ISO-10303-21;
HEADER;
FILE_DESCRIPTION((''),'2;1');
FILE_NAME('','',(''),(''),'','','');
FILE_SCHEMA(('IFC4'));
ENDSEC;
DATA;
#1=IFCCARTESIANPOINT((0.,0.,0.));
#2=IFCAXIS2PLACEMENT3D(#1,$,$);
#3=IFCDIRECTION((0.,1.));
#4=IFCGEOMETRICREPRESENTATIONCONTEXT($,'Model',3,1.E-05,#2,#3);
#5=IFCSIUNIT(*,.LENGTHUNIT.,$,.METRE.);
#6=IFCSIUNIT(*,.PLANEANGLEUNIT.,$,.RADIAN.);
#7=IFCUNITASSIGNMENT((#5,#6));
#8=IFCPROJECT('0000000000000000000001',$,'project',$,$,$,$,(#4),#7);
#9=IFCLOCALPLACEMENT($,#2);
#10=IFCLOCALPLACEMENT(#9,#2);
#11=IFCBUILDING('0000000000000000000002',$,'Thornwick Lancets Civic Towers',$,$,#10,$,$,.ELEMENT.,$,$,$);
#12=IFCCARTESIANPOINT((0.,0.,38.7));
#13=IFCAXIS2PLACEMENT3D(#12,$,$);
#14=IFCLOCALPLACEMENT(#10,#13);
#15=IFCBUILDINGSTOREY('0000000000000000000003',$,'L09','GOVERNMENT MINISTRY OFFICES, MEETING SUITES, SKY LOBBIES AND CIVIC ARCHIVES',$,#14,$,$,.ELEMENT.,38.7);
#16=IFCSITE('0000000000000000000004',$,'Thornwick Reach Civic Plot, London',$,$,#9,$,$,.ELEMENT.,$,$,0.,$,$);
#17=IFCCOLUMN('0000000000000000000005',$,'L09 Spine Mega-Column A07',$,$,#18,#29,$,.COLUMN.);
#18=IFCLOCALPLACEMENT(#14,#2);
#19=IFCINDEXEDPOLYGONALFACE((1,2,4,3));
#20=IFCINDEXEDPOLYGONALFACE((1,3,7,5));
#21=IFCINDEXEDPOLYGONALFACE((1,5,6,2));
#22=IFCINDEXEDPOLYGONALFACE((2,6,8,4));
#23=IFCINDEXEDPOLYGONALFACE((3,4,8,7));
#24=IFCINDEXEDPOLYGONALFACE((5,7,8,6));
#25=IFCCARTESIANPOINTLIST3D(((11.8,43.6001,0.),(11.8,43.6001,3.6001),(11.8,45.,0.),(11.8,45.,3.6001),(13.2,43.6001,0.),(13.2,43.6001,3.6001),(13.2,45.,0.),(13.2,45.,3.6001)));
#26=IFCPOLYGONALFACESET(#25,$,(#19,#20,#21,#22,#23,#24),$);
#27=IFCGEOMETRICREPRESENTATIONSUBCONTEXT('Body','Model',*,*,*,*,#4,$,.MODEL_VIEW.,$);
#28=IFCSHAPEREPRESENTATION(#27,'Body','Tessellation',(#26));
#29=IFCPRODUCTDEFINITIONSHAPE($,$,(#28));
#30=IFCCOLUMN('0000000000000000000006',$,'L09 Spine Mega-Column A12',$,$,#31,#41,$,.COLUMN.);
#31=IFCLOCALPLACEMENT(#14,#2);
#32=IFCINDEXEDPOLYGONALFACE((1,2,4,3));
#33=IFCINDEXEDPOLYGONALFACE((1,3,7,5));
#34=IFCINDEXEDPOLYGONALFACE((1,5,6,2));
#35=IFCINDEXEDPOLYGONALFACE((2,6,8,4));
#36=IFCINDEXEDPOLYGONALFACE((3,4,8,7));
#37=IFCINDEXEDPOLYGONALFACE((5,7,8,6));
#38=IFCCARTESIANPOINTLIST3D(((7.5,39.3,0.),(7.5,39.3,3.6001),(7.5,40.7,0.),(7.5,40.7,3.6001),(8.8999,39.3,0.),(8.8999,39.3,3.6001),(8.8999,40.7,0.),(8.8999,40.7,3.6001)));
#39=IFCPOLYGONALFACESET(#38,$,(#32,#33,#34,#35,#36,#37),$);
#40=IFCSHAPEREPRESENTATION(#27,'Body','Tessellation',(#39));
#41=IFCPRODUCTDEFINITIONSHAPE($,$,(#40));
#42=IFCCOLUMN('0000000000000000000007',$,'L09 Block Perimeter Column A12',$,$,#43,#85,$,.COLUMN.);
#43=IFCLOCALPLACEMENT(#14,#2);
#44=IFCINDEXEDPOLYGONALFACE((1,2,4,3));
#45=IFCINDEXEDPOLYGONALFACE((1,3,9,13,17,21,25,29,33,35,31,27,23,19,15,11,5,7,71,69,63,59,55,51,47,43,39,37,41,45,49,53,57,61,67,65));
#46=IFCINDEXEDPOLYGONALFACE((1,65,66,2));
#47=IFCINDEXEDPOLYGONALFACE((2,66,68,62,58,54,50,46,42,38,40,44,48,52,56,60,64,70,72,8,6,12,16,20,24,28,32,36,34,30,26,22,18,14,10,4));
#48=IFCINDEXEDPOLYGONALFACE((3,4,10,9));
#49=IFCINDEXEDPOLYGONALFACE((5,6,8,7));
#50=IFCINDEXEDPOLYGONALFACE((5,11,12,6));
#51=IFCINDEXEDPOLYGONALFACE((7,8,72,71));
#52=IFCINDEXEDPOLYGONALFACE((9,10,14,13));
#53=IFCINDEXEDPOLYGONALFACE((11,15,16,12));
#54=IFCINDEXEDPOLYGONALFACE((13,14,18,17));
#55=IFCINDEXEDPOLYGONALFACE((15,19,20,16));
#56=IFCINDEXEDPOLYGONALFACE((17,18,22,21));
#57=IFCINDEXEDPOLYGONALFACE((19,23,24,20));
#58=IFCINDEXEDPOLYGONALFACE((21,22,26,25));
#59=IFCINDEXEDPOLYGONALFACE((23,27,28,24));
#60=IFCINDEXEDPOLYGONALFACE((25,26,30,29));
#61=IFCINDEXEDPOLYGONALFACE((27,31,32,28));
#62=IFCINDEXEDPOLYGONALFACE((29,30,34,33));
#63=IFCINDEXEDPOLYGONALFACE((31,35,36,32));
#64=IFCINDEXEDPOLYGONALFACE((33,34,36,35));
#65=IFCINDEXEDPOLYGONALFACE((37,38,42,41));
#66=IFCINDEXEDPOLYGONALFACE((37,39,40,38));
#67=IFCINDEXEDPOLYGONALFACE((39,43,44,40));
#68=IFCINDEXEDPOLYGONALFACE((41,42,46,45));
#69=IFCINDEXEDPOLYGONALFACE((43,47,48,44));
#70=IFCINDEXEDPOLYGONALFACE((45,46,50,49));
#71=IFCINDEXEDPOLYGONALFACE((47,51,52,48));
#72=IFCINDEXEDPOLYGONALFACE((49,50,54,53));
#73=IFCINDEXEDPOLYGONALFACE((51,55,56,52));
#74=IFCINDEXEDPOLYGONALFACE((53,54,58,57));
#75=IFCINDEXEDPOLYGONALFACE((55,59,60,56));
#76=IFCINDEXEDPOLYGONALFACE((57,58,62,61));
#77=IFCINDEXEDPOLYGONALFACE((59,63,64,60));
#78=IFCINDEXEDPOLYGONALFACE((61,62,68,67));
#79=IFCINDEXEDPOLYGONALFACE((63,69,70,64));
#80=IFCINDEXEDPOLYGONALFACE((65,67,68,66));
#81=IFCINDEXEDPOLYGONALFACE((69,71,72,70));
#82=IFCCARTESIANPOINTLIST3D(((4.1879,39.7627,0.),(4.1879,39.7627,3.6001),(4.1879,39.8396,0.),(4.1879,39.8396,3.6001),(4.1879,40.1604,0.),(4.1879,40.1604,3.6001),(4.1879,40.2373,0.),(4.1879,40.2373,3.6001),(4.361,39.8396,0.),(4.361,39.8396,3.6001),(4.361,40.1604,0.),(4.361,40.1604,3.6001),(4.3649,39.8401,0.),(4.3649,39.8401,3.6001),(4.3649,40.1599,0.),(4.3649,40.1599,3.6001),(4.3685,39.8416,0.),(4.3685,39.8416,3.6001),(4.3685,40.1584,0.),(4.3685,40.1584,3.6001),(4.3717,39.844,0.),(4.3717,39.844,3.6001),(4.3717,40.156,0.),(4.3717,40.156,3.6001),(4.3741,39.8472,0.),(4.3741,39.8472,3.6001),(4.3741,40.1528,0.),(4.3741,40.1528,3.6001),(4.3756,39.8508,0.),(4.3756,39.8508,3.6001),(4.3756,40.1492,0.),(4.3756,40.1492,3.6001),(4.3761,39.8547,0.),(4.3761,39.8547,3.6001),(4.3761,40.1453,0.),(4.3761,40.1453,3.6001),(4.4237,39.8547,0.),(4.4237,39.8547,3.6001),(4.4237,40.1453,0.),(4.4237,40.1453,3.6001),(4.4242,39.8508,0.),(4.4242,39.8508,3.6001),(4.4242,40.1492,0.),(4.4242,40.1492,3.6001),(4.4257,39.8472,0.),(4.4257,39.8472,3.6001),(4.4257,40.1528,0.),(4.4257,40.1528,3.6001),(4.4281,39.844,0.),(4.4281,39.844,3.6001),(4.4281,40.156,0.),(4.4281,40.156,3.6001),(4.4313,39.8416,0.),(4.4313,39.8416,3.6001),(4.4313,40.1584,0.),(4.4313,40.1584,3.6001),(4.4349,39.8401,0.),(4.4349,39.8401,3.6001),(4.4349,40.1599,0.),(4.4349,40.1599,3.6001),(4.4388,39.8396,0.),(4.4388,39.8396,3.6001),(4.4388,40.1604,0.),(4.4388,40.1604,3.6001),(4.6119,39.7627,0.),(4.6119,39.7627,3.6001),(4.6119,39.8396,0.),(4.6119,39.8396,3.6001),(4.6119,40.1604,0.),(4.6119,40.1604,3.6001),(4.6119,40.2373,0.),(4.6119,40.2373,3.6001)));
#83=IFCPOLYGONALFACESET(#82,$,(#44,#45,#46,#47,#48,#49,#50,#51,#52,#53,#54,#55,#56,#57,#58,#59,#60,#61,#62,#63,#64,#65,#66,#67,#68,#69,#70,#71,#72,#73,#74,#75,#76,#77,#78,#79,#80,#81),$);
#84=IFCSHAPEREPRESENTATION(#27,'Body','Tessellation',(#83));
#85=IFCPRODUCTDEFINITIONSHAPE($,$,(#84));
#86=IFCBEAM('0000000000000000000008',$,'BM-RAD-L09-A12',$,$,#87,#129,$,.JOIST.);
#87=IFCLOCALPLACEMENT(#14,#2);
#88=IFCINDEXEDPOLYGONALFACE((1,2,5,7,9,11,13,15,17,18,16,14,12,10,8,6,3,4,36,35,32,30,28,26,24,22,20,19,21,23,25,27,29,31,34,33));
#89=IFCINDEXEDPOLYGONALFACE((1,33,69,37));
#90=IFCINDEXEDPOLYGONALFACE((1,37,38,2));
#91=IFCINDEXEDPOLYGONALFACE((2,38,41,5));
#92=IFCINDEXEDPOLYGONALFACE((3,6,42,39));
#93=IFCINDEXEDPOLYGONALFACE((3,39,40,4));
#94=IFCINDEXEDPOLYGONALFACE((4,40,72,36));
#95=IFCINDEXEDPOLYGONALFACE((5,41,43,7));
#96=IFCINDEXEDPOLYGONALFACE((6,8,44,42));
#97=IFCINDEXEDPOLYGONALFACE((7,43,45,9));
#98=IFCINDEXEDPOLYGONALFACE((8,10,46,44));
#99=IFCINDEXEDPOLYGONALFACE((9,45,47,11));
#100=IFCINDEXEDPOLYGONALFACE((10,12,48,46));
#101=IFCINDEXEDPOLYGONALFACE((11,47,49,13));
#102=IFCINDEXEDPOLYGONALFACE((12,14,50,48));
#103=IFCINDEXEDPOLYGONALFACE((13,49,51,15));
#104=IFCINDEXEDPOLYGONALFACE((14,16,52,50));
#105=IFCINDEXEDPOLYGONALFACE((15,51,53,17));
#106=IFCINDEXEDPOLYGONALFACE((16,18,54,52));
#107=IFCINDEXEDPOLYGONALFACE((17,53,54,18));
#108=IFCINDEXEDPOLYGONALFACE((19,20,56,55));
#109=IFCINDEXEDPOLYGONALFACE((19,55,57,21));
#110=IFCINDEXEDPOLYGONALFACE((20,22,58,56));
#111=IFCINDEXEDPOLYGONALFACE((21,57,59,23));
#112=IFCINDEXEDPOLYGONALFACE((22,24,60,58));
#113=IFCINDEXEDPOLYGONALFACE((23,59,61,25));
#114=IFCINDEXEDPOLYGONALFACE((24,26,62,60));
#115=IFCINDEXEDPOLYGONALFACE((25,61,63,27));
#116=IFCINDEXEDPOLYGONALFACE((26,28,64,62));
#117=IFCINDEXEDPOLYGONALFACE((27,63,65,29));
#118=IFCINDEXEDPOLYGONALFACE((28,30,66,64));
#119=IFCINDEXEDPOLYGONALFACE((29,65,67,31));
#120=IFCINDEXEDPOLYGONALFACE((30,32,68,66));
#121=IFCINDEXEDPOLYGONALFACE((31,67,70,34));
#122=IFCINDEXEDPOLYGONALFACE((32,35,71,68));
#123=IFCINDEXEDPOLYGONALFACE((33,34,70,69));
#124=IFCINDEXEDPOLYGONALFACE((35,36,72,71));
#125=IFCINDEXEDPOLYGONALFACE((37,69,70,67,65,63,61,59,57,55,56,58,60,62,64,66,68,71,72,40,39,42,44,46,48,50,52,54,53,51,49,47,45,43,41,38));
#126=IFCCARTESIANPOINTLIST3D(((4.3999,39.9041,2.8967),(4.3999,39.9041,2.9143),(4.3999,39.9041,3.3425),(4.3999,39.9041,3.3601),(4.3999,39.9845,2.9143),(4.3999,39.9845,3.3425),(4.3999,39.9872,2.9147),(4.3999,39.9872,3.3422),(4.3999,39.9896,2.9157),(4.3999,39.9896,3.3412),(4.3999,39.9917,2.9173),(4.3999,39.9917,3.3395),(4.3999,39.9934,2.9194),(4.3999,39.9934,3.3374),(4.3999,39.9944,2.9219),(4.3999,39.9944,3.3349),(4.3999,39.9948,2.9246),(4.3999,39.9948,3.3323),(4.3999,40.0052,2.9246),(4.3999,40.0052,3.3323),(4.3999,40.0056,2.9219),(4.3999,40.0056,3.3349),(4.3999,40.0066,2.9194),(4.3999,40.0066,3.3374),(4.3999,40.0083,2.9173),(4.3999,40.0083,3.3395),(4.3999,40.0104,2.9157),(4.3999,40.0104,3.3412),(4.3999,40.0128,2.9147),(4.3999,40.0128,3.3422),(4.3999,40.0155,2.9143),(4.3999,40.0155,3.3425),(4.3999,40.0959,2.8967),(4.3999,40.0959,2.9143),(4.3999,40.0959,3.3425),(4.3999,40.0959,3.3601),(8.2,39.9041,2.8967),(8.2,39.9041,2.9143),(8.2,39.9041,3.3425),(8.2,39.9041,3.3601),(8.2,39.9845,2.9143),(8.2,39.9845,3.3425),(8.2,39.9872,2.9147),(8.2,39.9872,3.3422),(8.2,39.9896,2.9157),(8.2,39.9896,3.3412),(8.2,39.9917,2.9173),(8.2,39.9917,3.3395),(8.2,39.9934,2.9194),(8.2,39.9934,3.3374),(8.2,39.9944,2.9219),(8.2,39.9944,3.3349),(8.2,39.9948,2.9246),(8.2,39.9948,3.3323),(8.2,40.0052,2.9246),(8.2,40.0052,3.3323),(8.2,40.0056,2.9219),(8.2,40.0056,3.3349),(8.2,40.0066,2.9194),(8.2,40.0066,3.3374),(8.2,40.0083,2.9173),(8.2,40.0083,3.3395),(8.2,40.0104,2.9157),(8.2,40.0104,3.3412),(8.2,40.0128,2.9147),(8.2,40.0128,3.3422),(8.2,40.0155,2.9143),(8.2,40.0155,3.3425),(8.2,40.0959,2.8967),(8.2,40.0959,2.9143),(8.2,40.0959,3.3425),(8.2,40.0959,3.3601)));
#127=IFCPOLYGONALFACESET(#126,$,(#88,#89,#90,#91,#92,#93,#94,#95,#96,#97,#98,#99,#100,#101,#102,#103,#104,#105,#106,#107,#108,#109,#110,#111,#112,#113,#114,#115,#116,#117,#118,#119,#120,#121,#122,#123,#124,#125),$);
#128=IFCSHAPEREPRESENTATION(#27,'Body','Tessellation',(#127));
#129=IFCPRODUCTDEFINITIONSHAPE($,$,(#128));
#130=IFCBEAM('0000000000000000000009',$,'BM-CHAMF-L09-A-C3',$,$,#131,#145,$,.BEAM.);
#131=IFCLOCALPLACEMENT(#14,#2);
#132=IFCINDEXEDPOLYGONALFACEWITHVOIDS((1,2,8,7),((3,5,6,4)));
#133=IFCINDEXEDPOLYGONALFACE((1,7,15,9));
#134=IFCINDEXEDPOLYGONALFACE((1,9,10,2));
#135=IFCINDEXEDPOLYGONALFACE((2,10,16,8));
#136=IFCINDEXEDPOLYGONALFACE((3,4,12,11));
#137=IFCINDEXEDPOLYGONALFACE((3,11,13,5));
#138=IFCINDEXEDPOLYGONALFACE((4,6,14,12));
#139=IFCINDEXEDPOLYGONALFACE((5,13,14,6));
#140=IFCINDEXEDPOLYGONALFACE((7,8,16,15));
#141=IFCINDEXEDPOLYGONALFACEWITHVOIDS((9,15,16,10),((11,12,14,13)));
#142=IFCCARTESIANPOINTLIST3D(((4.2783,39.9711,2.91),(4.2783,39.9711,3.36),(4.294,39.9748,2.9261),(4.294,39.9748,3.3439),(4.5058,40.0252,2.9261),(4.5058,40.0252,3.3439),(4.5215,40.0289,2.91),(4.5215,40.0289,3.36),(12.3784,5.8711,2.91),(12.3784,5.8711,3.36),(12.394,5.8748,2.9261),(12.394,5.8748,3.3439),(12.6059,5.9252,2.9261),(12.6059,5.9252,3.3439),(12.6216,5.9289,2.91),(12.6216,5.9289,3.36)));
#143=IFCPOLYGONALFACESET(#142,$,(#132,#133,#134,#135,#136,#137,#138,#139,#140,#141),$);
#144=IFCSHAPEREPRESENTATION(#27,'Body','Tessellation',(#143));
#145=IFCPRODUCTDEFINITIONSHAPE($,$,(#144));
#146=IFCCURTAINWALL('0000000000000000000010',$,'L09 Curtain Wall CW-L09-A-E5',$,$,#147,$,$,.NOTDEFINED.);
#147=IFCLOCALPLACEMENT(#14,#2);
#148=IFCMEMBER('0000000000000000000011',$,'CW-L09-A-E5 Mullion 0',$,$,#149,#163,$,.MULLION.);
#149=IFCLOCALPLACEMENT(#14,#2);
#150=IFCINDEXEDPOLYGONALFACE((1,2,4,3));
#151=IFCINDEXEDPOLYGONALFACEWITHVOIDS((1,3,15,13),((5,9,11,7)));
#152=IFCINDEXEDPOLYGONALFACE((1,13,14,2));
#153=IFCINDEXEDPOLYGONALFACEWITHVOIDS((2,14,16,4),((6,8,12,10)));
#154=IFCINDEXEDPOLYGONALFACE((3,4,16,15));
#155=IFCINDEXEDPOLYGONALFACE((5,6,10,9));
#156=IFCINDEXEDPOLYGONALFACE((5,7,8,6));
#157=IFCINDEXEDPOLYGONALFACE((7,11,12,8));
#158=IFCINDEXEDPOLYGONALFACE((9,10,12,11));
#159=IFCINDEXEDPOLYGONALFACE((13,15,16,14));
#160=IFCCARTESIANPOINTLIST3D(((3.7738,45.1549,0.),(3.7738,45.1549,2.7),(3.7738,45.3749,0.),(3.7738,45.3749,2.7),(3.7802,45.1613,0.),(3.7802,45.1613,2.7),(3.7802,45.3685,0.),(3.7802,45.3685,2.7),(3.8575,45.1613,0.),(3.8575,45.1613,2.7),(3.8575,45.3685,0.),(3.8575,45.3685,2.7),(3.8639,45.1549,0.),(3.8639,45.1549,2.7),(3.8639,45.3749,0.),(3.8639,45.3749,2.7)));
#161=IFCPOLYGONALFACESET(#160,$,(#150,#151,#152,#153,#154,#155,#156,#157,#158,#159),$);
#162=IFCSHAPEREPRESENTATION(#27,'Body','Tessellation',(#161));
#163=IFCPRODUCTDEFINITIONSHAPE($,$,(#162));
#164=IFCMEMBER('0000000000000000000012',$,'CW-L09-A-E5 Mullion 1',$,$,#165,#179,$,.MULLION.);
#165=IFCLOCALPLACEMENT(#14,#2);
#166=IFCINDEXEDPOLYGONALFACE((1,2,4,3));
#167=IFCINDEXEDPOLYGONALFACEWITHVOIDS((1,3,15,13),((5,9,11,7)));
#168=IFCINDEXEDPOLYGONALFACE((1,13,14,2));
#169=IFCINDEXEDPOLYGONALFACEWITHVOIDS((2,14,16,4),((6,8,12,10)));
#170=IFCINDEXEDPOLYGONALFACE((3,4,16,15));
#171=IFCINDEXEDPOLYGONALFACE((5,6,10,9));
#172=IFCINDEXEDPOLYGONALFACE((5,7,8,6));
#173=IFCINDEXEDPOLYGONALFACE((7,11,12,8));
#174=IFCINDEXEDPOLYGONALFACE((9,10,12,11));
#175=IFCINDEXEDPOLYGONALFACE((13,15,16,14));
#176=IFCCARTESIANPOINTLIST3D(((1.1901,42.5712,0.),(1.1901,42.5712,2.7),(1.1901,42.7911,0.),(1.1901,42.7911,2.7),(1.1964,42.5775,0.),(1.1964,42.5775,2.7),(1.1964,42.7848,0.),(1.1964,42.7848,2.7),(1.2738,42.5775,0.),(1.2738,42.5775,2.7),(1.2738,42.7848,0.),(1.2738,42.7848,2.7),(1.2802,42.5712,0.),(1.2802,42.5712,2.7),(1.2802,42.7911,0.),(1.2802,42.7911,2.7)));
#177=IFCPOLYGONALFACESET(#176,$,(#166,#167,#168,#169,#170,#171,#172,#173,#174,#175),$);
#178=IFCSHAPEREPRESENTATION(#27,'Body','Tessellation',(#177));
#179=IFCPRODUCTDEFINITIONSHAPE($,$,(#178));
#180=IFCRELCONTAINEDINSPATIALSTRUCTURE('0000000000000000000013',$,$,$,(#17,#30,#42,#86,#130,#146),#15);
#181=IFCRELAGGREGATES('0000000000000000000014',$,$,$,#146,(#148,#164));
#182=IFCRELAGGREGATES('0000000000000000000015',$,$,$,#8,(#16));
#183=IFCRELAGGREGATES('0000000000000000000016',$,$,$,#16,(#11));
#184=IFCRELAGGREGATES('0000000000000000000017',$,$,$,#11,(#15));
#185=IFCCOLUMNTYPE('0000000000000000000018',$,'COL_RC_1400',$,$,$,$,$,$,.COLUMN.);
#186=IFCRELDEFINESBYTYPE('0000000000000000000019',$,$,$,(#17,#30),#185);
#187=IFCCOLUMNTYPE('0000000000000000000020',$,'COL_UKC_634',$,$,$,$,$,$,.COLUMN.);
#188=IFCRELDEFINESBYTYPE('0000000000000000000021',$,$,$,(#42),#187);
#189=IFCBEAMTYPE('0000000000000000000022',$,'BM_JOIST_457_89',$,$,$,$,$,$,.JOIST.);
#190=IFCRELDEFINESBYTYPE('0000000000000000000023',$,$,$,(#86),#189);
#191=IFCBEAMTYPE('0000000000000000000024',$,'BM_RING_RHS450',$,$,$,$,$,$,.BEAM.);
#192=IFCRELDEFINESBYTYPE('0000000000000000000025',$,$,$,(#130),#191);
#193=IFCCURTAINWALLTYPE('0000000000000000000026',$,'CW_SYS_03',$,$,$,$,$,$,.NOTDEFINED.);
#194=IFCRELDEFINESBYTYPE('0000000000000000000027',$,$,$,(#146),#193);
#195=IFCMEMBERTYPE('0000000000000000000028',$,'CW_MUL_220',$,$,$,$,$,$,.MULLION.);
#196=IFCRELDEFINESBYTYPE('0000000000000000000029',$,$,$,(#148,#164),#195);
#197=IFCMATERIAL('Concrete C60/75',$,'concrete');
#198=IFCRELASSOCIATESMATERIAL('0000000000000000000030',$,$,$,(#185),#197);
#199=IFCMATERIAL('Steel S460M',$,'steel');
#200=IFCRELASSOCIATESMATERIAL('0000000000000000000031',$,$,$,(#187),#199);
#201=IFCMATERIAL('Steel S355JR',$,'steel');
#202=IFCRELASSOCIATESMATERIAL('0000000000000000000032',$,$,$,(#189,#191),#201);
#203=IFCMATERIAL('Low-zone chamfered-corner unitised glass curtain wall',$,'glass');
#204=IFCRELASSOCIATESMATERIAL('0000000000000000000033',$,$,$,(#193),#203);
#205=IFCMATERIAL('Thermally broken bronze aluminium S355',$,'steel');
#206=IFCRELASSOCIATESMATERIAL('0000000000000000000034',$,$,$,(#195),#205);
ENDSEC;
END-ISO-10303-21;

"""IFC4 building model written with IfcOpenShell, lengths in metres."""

from ifc_helpers import new_model, si_unit, direction, frame, origin, origin_2d, place, context, subcontext, project, spatial, rectangle, hollow_rectangle, i_section, extrude, material, material_profile, profile_set, type_object, element, aggregate, save


model = new_model("IFC4")

# Units and contexts
model_context = context("Model", 3, precision=1e-05, world=origin(), true_north=direction((0.0, 1.0)))
body_context = subcontext(model_context, "Body", "Model", "MODEL_VIEW")
ifc_project = project(units=[si_unit("LENGTHUNIT", "METRE"), si_unit("PLANEANGLEUNIT", "RADIAN")], contexts=[model_context])

# Site, building, storey
site_placement = place(None, origin())
site = spatial("IfcSite", under=ifc_project, at=site_placement, Name="Thornwick Reach Civic Plot, London", CompositionType="ELEMENT", RefElevation=0.0)
building_placement = place(site_placement, origin())
building = spatial("IfcBuilding", under=site, at=building_placement, Name="Thornwick Lancets Civic Towers", CompositionType="ELEMENT")
storey_placement = place(building_placement, frame((0.0, 0.0, 38.7)))
storey = spatial("IfcBuildingStorey", under=building, at=storey_placement, Name="L09", Description="GOVERNMENT MINISTRY OFFICES, MEETING SUITES, SKY LOBBIES AND CIVIC ARCHIVES", CompositionType="ELEMENT", Elevation=38.7)

# Columns
ifc_material_1 = material(Name="Concrete C60/75", Category="concrete")
ifc_material_profile_1 = material_profile(ifc_material_1, rectangle(XDim=1.3999, YDim=1.3999, at=origin_2d()), Name="RC 1400x1400")
ifc_profile_set_1 = profile_set([ifc_material_profile_1], Name="Concrete C60/75")
column_type_1 = type_object("IfcColumnType", Name="COL_RC_1400", PredefinedType="COLUMN", material=ifc_profile_set_1)
for number, where, z_axis, x_axis, name in (
    (1, (12.5, 44.3, 0.0), (0.0, 0.0, 1.0), (1.0, 0.0, 0.0), "L09 Spine Mega-Column A07"),
    (2, (8.2, 40.0, 0.0), (0.0, 0.0, 1.0), (1.0, 0.0, 0.0), "L09 Spine Mega-Column A12"),
):
    element("IfcColumn", number, at=place(storey_placement, frame(where, z_axis=z_axis, x_axis=x_axis)), inside=storey, type_object=column_type_1, Name=name, PredefinedType="COLUMN", context=body_context, shape_type="SweptSolid", body=[
        extrude(rectangle(XDim=1.3999, YDim=1.3999, at=origin_2d()), origin(), (0.0, 0.0, 1.0), 3.6001),
    ])
ifc_material_2 = material(Name="Steel S460M", Category="steel")
ifc_material_profile_2 = material_profile(ifc_material_2, i_section(OverallWidth=0.4241, OverallDepth=0.4746, WebThickness=0.0476, FlangeThickness=0.0769, FilletRadius=0.0151, at=origin_2d()), Name="UKC 356x406x634")
ifc_profile_set_2 = profile_set([ifc_material_profile_2], Name="Steel S460M")
column_type_2 = type_object("IfcColumnType", Name="COL_UKC_634", PredefinedType="COLUMN", material=ifc_profile_set_2)
column_placement = place(storey_placement, frame((4.3999, 40.0, 0.0), z_axis=(0.0, 0.0, 1.0), x_axis=(1.0, 0.0, 0.0)))
element("IfcColumn", 3, at=column_placement, inside=storey, type_object=column_type_2, Name="L09 Block Perimeter Column A12", PredefinedType="COLUMN", context=body_context, shape_type="SweptSolid", body=[
    extrude(i_section(OverallWidth=0.4241, OverallDepth=0.4746, WebThickness=0.0476, FlangeThickness=0.0769, FilletRadius=0.0151, at=origin_2d()), origin(), (0.0, 0.0, 1.0), 3.6001),
])

# Beams
ifc_material_3 = material(Name="Steel S355JR", Category="steel")
ifc_material_profile_3 = material_profile(ifc_material_3, i_section(OverallWidth=0.1919, OverallDepth=0.4634, WebThickness=0.0105, FlangeThickness=0.0176, FilletRadius=0.0103, at=origin_2d()), Name="UKB 457x191x89")
ifc_profile_set_3 = profile_set([ifc_material_profile_3], Name="Steel S355JR")
beam_type_1 = type_object("IfcBeamType", Name="BM_JOIST_457_89", PredefinedType="JOIST", material=ifc_profile_set_3)
beam_1_placement = place(storey_placement, frame((8.2, 40.0, 3.1284), z_axis=(-1.0, 0.0, 0.0), x_axis=(0.0, -1.0, 0.0)))
element("IfcBeam", 4, at=beam_1_placement, inside=storey, type_object=beam_type_1, Name="BM-RAD-L09-A12", PredefinedType="JOIST", context=body_context, shape_type="SweptSolid", body=[
    extrude(i_section(OverallWidth=0.1919, OverallDepth=0.4634, WebThickness=0.0105, FlangeThickness=0.0176, FilletRadius=0.0103, at=origin_2d()), origin(), (0.0, 0.0, 1.0), 3.8),
])
ifc_material_profile_4 = material_profile(ifc_material_3, hollow_rectangle(XDim=0.25, YDim=0.45, WallThickness=0.0161, at=origin_2d()), Name="RHS 450x250x16")
ifc_profile_set_4 = profile_set([ifc_material_profile_4], Name="Steel S355JR")
beam_type_2 = type_object("IfcBeamType", Name="BM_RING_RHS450", PredefinedType="BEAM", material=ifc_profile_set_4)
beam_2_placement = place(storey_placement, frame((4.3999, 40.0, 3.135), z_axis=(0.231108, -0.972928, 0.0), x_axis=(0.972928, 0.231108, 0.0)))
element("IfcBeam", 5, at=beam_2_placement, inside=storey, type_object=beam_type_2, Name="BM-CHAMF-L09-A-C3", PredefinedType="BEAM", context=body_context, shape_type="SweptSolid", body=[
    extrude(hollow_rectangle(XDim=0.25, YDim=0.45, WallThickness=0.0161, at=origin_2d()), origin(), (0.0, 0.0, 1.0), 35.0488),
])

# Curtain wall, members
ifc_material_4 = material(Name="Low-zone chamfered-corner unitised glass curtain wall", Category="glass")
curtain_wall_type = type_object("IfcCurtainWallType", Name="CW_SYS_03", PredefinedType="NOTDEFINED", material=ifc_material_4)
curtain_wall_placement = place(storey_placement, origin())
curtain_wall = element("IfcCurtainWall", 6, at=curtain_wall_placement, inside=storey, type_object=curtain_wall_type, Name="L09 Curtain Wall CW-L09-A-E5", PredefinedType="NOTDEFINED")
ifc_material_5 = material(Name="Thermally broken bronze aluminium S355", Category="steel")
ifc_material_profile_5 = material_profile(ifc_material_5, hollow_rectangle(XDim=0.0901, YDim=0.22, WallThickness=0.0063, at=origin_2d()), Name="RHS 220x90x6.3")
ifc_profile_set_5 = profile_set([ifc_material_profile_5], Name="Thermally broken bronze aluminium S355")
member_type_1 = type_object("IfcMemberType", Name="CW_MUL_220", PredefinedType="MULLION", material=ifc_profile_set_5)
member_1_placement = place(storey_placement, frame((3.8188, 45.2649, 0.0), z_axis=(0.0, 0.0, 1.0), x_axis=(1.0, 0.0, 0.0)))
member_1 = element("IfcMember", 7, at=member_1_placement, type_object=member_type_1, Name="CW-L09-A-E5 Mullion 0", PredefinedType="MULLION", context=body_context, shape_type="SweptSolid", body=[
    extrude(hollow_rectangle(XDim=0.0901, YDim=0.22, WallThickness=0.0063, at=origin_2d()), origin(), (0.0, 0.0, 1.0), 2.7),
])
member_2_placement = place(storey_placement, frame((1.2351, 42.6812, 0.0), z_axis=(0.0, 0.0, 1.0), x_axis=(1.0, 0.0, 0.0)))
member_2 = element("IfcMember", 8, at=member_2_placement, type_object=member_type_1, Name="CW-L09-A-E5 Mullion 1", PredefinedType="MULLION", context=body_context, shape_type="SweptSolid", body=[
    extrude(hollow_rectangle(XDim=0.0901, YDim=0.22, WallThickness=0.0063, at=origin_2d()), origin(), (0.0, 0.0, 1.0), 2.7),
])
aggregate(curtain_wall, [member_1, member_2])

save(model, "model.ifc")
